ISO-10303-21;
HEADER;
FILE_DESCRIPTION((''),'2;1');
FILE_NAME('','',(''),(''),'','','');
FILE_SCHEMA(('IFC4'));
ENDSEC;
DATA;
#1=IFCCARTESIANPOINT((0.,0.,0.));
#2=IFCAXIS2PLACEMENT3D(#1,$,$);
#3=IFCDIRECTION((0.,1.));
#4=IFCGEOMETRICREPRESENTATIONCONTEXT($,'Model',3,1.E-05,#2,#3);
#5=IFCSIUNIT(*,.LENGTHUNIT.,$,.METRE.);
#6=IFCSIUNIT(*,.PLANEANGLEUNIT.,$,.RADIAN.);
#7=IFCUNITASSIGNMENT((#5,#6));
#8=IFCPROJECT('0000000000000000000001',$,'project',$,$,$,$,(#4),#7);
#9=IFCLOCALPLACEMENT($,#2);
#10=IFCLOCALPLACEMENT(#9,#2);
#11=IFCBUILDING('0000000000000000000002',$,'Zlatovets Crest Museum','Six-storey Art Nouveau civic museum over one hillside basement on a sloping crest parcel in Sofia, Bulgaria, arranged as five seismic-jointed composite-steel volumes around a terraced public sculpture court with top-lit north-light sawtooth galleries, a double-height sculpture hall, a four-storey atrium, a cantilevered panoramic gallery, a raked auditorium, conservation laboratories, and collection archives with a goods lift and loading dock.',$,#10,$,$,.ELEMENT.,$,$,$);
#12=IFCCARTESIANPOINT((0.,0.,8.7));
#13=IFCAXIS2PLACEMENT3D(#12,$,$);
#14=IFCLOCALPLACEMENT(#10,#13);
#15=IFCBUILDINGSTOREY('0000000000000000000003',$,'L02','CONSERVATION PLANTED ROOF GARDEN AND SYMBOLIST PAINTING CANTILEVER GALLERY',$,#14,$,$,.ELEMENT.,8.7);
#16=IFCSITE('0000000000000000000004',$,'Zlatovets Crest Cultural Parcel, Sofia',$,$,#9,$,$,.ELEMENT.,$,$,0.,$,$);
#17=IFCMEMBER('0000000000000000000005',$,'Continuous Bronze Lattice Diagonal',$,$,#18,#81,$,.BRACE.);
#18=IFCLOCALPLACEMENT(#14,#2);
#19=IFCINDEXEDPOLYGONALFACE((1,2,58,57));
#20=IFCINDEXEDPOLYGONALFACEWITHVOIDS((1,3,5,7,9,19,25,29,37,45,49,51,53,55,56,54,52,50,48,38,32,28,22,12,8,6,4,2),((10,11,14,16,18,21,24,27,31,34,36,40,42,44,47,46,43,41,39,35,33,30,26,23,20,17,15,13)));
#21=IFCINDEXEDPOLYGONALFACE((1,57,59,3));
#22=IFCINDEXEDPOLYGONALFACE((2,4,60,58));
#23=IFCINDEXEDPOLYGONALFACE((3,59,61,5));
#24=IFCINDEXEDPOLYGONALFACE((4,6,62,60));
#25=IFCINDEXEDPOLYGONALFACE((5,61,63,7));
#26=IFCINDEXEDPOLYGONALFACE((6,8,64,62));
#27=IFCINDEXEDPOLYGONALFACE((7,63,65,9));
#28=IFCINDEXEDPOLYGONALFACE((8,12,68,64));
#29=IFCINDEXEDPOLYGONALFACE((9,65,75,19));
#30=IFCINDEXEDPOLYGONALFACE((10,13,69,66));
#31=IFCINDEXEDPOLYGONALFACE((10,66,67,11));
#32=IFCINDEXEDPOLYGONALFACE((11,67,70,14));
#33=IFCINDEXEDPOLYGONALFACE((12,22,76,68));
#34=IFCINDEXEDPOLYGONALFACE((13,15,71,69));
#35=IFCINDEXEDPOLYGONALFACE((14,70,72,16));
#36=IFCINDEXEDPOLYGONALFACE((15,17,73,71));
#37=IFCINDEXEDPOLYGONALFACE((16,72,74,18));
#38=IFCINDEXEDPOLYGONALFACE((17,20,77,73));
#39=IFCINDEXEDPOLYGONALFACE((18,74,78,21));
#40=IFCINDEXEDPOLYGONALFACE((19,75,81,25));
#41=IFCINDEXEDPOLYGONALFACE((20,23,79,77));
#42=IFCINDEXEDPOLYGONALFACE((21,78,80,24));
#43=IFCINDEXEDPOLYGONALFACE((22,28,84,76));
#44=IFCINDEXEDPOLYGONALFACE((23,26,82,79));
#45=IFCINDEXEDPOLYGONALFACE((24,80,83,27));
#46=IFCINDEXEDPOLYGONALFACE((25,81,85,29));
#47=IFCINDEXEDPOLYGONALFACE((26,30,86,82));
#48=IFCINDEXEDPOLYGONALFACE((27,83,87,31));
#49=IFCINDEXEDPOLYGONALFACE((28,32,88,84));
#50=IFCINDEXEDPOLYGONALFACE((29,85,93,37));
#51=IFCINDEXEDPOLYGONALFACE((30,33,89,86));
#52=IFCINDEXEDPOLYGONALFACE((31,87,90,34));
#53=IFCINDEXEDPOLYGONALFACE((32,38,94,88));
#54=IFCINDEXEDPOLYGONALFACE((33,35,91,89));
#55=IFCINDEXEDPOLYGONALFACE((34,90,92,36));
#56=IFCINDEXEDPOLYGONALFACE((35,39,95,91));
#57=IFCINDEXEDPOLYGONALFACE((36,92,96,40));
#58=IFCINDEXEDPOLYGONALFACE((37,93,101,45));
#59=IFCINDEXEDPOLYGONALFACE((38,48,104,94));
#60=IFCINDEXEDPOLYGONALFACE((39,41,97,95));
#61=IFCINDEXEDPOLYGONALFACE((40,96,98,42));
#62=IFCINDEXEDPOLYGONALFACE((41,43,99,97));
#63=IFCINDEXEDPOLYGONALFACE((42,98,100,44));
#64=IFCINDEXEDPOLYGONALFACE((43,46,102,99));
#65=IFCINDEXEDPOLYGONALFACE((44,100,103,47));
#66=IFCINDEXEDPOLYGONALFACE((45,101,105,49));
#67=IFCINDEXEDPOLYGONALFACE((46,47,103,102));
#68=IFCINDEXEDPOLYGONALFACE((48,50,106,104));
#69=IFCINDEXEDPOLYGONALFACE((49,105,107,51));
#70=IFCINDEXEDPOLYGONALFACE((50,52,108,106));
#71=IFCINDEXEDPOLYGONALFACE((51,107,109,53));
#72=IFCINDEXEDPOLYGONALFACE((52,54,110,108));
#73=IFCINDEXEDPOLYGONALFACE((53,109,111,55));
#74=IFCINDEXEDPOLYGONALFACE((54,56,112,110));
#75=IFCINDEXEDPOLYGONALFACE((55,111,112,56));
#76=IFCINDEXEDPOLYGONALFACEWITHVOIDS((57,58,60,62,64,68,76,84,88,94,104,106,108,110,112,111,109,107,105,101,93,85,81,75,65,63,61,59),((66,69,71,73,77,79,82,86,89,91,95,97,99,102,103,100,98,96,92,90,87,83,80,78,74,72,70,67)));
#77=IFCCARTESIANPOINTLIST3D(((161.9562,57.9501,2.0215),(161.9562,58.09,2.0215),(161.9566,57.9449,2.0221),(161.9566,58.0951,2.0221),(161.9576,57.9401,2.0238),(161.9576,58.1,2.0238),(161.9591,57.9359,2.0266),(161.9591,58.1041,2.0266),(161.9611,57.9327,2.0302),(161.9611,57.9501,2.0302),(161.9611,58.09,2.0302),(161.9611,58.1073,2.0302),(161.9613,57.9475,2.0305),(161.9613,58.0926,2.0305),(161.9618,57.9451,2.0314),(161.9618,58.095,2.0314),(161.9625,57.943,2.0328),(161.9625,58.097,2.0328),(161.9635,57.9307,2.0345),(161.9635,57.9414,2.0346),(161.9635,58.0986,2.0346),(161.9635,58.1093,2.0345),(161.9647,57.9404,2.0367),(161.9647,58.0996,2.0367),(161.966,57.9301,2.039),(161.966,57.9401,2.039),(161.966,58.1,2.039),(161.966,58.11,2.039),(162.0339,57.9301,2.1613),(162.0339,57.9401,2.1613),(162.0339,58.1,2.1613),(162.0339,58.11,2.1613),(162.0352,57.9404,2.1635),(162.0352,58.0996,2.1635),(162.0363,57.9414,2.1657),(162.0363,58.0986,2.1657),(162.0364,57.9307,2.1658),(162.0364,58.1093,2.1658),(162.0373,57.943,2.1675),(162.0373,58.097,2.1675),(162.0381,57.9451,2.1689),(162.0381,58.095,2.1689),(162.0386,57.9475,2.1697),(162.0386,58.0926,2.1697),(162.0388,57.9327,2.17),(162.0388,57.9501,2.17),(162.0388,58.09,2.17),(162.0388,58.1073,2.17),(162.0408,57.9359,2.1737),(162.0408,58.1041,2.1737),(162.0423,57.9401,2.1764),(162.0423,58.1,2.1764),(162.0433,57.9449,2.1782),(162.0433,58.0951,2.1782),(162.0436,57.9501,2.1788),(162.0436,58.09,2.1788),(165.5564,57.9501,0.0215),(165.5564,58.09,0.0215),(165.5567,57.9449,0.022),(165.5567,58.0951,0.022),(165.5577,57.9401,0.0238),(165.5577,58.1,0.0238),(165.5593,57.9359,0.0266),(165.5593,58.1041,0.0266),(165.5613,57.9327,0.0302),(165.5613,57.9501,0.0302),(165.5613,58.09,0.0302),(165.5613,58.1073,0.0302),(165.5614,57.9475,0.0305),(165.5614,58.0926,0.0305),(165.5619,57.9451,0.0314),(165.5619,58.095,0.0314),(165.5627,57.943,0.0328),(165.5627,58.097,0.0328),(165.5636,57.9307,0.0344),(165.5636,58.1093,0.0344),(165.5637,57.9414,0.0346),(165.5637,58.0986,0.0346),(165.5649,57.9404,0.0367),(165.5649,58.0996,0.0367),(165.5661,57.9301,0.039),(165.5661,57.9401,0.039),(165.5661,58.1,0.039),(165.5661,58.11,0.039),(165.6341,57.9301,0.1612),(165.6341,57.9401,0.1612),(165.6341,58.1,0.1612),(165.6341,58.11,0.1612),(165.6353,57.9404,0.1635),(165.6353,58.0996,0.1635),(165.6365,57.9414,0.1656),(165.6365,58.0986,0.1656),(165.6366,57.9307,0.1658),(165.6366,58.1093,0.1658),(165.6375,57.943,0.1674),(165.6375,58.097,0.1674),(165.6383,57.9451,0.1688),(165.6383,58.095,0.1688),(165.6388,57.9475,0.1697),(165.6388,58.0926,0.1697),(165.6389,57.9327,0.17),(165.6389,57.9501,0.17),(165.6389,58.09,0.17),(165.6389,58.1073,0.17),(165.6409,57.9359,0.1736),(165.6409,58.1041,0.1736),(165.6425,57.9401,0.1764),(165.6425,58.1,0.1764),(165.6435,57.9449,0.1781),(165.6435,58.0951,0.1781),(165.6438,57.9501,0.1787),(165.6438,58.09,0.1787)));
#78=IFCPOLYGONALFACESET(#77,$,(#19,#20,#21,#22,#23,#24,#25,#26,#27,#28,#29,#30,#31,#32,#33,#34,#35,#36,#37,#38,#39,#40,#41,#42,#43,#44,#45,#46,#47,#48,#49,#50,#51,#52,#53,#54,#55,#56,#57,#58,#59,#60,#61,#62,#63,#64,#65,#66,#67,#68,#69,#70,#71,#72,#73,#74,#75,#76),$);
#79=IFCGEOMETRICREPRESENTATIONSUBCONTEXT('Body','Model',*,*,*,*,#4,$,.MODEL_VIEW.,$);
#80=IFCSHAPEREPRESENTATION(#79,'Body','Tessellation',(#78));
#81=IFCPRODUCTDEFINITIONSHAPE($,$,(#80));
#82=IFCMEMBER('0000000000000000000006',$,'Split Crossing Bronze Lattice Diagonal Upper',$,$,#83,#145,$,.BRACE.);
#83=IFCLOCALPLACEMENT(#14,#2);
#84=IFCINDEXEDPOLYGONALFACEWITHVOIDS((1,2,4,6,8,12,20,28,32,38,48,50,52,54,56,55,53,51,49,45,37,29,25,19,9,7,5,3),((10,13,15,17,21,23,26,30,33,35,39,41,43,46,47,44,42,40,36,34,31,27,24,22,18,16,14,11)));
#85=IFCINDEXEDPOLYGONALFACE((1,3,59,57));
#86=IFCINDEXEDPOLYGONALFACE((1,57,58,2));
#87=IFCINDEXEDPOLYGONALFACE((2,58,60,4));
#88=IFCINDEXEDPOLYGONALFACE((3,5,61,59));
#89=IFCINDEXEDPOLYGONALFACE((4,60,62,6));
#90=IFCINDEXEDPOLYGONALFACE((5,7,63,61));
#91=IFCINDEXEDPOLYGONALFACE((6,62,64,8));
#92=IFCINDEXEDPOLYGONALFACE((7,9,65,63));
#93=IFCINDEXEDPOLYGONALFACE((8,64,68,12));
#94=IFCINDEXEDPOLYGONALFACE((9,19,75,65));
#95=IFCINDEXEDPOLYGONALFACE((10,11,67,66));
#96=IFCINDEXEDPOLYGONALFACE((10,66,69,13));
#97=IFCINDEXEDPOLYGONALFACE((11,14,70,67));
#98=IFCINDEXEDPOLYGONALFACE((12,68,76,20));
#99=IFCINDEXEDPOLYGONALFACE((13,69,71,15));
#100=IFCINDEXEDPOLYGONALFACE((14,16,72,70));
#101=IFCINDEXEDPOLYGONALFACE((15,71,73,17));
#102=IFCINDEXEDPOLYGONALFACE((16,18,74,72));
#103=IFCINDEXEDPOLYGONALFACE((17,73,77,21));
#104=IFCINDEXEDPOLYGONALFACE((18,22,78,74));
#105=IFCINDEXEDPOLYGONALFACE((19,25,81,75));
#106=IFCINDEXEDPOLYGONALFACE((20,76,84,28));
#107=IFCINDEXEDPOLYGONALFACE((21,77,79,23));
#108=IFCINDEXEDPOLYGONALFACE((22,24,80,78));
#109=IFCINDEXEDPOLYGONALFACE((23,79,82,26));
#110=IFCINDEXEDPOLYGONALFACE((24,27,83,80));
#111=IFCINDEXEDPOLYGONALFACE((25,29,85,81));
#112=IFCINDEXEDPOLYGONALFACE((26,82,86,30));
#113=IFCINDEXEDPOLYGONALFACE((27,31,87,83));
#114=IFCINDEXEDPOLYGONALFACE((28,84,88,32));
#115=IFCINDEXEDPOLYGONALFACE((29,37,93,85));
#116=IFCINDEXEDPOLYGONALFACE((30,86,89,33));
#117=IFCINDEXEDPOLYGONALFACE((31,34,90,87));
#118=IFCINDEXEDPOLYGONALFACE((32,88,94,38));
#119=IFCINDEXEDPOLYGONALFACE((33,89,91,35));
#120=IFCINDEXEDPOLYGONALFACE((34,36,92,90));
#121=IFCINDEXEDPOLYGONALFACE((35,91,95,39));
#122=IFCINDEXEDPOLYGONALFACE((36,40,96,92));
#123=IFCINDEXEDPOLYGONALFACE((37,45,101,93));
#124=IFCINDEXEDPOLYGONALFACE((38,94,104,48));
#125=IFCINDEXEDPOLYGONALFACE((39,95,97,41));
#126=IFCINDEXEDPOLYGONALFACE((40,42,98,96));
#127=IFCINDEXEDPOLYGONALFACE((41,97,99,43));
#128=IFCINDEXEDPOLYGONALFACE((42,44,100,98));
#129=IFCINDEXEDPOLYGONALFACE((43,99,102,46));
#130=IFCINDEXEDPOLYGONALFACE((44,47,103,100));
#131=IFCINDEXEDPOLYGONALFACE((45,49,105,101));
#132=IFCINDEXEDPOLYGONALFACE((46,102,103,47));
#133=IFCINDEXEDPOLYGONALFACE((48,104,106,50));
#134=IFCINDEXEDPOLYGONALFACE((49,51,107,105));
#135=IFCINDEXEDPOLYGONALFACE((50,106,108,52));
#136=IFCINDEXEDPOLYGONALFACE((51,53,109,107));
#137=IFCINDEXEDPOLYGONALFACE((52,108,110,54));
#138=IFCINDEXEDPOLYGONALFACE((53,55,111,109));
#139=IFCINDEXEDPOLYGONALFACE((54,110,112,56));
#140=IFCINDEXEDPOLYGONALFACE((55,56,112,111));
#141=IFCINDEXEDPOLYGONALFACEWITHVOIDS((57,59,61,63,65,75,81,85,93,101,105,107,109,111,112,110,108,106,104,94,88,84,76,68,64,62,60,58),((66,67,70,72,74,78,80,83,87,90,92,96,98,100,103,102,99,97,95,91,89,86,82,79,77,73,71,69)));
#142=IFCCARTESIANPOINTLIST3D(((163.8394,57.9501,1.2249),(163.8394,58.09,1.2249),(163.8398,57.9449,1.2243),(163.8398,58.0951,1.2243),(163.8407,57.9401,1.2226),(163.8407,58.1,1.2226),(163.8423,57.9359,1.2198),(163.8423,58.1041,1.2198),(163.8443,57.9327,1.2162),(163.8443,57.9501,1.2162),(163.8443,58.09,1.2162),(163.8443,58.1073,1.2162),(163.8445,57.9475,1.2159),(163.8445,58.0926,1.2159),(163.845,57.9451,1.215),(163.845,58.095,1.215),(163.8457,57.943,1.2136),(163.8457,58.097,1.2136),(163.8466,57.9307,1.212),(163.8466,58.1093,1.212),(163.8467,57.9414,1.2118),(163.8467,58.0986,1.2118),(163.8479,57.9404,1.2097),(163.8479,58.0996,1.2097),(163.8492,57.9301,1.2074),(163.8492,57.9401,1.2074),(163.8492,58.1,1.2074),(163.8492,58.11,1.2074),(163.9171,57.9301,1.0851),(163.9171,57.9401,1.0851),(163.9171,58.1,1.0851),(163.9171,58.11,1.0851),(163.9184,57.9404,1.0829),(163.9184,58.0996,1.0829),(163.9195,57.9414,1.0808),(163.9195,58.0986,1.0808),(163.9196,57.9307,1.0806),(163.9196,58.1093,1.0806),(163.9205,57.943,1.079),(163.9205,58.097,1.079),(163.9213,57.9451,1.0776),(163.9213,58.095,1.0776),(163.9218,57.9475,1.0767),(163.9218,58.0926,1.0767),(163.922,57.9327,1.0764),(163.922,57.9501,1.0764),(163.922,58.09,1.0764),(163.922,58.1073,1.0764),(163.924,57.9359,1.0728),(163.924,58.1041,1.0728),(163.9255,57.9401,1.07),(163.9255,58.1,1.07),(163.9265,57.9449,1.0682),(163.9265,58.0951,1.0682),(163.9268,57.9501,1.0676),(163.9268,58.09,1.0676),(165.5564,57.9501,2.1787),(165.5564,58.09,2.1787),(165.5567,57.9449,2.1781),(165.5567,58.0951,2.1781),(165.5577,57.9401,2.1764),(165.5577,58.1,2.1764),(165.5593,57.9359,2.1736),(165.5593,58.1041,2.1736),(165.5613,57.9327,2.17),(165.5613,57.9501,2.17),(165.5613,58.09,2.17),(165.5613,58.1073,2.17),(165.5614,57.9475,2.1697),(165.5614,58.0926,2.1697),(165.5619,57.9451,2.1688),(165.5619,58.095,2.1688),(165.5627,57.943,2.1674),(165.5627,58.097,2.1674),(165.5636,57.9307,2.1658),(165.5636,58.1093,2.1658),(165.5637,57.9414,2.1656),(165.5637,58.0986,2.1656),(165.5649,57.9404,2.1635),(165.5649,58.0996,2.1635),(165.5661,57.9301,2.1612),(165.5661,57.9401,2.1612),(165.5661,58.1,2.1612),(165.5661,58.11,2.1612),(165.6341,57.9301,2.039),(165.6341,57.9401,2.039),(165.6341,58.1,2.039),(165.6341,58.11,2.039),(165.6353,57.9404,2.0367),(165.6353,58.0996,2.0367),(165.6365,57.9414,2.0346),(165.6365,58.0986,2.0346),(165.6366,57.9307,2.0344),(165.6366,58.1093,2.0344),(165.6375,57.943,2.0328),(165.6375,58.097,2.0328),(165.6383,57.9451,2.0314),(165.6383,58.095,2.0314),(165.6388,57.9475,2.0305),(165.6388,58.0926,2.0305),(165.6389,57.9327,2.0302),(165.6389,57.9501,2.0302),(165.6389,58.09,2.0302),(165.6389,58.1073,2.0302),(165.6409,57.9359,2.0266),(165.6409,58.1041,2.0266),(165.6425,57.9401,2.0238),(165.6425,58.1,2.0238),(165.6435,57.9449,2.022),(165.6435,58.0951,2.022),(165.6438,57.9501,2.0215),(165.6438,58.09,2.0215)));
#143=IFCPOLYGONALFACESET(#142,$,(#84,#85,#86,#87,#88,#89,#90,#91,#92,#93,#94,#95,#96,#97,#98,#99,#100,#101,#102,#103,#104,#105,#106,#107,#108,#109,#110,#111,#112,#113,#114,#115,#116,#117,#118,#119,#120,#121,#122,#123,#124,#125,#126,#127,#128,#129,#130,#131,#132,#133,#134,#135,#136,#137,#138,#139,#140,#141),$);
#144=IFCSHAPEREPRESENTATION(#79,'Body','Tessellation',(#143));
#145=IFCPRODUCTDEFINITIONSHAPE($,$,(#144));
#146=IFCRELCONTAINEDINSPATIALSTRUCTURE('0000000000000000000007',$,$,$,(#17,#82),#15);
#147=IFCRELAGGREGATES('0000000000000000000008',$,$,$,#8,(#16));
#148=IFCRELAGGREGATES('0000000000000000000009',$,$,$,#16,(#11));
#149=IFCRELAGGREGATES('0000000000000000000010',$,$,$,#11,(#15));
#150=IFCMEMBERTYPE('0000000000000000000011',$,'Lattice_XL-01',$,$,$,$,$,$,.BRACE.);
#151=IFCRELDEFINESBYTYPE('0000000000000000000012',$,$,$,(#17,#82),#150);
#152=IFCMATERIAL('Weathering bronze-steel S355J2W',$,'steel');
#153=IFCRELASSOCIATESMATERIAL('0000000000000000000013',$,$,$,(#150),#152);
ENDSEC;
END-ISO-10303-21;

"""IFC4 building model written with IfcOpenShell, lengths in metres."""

from ifc_helpers import new_model, si_unit, direction, frame, origin, origin_2d, place, context, subcontext, project, spatial, hollow_rectangle, extrude, material, material_profile, profile_set, type_object, element, save


model = new_model("IFC4")

# Units and contexts
model_context = context("Model", 3, precision=1e-05, world=origin(), true_north=direction((0.0, 1.0)))
body_context = subcontext(model_context, "Body", "Model", "MODEL_VIEW")
ifc_project = project(units=[si_unit("LENGTHUNIT", "METRE"), si_unit("PLANEANGLEUNIT", "RADIAN")], contexts=[model_context])

# Site, building, storey
site_placement = place(None, origin())
site = spatial("IfcSite", under=ifc_project, at=site_placement, Name="Zlatovets Crest Cultural Parcel, Sofia", CompositionType="ELEMENT", RefElevation=0.0)
building_placement = place(site_placement, origin())
building = spatial("IfcBuilding", under=site, at=building_placement, Name="Zlatovets Crest Museum", Description="Six-storey Art Nouveau civic museum over one hillside basement on a sloping crest parcel in Sofia, Bulgaria, arranged as five seismic-jointed composite-steel volumes around a terraced public sculpture court with top-lit north-light sawtooth galleries, a double-height sculpture hall, a four-storey atrium, a cantilevered panoramic gallery, a raked auditorium, conservation laboratories, and collection archives with a goods lift and loading dock.", CompositionType="ELEMENT")
storey_placement = place(building_placement, frame((0.0, 0.0, 8.7)))
storey = spatial("IfcBuildingStorey", under=building, at=storey_placement, Name="L02", Description="CONSERVATION PLANTED ROOF GARDEN AND SYMBOLIST PAINTING CANTILEVER GALLERY", CompositionType="ELEMENT", Elevation=8.7)

# Members
ifc_material_1 = material(Name="Weathering bronze-steel S355J2W", Category="steel")
ifc_material_profile_1 = material_profile(ifc_material_1, hollow_rectangle(XDim=0.1799, YDim=0.1799, WallThickness=0.01, InnerFilletRadius=0.01, OuterFilletRadius=0.02, at=origin_2d()), Name="SHS 180x180x10.0")
ifc_profile_set_1 = profile_set([ifc_material_profile_1], Name="Weathering bronze-steel S355J2W")
member_type_1 = type_object("IfcMemberType", Name="Lattice_XL-01", PredefinedType="BRACE", material=ifc_profile_set_1)
member_1_placement = place(storey_placement, frame((165.6001, 58.02, 0.1001), z_axis=(-0.874163, 0.0, 0.485633), x_axis=(0.0, -1.0, 0.0)))
element("IfcMember", 1, at=member_1_placement, inside=storey, type_object=member_type_1, Name="Continuous Bronze Lattice Diagonal", PredefinedType="BRACE", context=body_context, shape_type="SweptSolid", body=[
    extrude(hollow_rectangle(XDim=0.1799, YDim=0.1799, WallThickness=0.01, InnerFilletRadius=0.01, OuterFilletRadius=0.02, at=origin_2d()), origin(), (0.0, 0.0, 1.0), 4.1184),
])
for number, where, z_axis, x_axis, name in (
    (2, (165.6001, 58.02, 2.1001), (-0.874169, 0.0, -0.485622), (0.0, -1.0, 0.0), "Split Crossing Bronze Lattice Diagonal Upper"),
):
    element("IfcMember", number, at=place(storey_placement, frame(where, z_axis=z_axis, x_axis=x_axis)), inside=storey, type_object=member_type_1, Name=name, PredefinedType="BRACE", context=body_context, shape_type="SweptSolid", body=[
        extrude(hollow_rectangle(XDim=0.1799, YDim=0.1799, WallThickness=0.01, InnerFilletRadius=0.01, OuterFilletRadius=0.02, at=origin_2d()), origin(), (0.0, 0.0, 1.0), 1.9641),
    ])

save(model, "model.ifc")
